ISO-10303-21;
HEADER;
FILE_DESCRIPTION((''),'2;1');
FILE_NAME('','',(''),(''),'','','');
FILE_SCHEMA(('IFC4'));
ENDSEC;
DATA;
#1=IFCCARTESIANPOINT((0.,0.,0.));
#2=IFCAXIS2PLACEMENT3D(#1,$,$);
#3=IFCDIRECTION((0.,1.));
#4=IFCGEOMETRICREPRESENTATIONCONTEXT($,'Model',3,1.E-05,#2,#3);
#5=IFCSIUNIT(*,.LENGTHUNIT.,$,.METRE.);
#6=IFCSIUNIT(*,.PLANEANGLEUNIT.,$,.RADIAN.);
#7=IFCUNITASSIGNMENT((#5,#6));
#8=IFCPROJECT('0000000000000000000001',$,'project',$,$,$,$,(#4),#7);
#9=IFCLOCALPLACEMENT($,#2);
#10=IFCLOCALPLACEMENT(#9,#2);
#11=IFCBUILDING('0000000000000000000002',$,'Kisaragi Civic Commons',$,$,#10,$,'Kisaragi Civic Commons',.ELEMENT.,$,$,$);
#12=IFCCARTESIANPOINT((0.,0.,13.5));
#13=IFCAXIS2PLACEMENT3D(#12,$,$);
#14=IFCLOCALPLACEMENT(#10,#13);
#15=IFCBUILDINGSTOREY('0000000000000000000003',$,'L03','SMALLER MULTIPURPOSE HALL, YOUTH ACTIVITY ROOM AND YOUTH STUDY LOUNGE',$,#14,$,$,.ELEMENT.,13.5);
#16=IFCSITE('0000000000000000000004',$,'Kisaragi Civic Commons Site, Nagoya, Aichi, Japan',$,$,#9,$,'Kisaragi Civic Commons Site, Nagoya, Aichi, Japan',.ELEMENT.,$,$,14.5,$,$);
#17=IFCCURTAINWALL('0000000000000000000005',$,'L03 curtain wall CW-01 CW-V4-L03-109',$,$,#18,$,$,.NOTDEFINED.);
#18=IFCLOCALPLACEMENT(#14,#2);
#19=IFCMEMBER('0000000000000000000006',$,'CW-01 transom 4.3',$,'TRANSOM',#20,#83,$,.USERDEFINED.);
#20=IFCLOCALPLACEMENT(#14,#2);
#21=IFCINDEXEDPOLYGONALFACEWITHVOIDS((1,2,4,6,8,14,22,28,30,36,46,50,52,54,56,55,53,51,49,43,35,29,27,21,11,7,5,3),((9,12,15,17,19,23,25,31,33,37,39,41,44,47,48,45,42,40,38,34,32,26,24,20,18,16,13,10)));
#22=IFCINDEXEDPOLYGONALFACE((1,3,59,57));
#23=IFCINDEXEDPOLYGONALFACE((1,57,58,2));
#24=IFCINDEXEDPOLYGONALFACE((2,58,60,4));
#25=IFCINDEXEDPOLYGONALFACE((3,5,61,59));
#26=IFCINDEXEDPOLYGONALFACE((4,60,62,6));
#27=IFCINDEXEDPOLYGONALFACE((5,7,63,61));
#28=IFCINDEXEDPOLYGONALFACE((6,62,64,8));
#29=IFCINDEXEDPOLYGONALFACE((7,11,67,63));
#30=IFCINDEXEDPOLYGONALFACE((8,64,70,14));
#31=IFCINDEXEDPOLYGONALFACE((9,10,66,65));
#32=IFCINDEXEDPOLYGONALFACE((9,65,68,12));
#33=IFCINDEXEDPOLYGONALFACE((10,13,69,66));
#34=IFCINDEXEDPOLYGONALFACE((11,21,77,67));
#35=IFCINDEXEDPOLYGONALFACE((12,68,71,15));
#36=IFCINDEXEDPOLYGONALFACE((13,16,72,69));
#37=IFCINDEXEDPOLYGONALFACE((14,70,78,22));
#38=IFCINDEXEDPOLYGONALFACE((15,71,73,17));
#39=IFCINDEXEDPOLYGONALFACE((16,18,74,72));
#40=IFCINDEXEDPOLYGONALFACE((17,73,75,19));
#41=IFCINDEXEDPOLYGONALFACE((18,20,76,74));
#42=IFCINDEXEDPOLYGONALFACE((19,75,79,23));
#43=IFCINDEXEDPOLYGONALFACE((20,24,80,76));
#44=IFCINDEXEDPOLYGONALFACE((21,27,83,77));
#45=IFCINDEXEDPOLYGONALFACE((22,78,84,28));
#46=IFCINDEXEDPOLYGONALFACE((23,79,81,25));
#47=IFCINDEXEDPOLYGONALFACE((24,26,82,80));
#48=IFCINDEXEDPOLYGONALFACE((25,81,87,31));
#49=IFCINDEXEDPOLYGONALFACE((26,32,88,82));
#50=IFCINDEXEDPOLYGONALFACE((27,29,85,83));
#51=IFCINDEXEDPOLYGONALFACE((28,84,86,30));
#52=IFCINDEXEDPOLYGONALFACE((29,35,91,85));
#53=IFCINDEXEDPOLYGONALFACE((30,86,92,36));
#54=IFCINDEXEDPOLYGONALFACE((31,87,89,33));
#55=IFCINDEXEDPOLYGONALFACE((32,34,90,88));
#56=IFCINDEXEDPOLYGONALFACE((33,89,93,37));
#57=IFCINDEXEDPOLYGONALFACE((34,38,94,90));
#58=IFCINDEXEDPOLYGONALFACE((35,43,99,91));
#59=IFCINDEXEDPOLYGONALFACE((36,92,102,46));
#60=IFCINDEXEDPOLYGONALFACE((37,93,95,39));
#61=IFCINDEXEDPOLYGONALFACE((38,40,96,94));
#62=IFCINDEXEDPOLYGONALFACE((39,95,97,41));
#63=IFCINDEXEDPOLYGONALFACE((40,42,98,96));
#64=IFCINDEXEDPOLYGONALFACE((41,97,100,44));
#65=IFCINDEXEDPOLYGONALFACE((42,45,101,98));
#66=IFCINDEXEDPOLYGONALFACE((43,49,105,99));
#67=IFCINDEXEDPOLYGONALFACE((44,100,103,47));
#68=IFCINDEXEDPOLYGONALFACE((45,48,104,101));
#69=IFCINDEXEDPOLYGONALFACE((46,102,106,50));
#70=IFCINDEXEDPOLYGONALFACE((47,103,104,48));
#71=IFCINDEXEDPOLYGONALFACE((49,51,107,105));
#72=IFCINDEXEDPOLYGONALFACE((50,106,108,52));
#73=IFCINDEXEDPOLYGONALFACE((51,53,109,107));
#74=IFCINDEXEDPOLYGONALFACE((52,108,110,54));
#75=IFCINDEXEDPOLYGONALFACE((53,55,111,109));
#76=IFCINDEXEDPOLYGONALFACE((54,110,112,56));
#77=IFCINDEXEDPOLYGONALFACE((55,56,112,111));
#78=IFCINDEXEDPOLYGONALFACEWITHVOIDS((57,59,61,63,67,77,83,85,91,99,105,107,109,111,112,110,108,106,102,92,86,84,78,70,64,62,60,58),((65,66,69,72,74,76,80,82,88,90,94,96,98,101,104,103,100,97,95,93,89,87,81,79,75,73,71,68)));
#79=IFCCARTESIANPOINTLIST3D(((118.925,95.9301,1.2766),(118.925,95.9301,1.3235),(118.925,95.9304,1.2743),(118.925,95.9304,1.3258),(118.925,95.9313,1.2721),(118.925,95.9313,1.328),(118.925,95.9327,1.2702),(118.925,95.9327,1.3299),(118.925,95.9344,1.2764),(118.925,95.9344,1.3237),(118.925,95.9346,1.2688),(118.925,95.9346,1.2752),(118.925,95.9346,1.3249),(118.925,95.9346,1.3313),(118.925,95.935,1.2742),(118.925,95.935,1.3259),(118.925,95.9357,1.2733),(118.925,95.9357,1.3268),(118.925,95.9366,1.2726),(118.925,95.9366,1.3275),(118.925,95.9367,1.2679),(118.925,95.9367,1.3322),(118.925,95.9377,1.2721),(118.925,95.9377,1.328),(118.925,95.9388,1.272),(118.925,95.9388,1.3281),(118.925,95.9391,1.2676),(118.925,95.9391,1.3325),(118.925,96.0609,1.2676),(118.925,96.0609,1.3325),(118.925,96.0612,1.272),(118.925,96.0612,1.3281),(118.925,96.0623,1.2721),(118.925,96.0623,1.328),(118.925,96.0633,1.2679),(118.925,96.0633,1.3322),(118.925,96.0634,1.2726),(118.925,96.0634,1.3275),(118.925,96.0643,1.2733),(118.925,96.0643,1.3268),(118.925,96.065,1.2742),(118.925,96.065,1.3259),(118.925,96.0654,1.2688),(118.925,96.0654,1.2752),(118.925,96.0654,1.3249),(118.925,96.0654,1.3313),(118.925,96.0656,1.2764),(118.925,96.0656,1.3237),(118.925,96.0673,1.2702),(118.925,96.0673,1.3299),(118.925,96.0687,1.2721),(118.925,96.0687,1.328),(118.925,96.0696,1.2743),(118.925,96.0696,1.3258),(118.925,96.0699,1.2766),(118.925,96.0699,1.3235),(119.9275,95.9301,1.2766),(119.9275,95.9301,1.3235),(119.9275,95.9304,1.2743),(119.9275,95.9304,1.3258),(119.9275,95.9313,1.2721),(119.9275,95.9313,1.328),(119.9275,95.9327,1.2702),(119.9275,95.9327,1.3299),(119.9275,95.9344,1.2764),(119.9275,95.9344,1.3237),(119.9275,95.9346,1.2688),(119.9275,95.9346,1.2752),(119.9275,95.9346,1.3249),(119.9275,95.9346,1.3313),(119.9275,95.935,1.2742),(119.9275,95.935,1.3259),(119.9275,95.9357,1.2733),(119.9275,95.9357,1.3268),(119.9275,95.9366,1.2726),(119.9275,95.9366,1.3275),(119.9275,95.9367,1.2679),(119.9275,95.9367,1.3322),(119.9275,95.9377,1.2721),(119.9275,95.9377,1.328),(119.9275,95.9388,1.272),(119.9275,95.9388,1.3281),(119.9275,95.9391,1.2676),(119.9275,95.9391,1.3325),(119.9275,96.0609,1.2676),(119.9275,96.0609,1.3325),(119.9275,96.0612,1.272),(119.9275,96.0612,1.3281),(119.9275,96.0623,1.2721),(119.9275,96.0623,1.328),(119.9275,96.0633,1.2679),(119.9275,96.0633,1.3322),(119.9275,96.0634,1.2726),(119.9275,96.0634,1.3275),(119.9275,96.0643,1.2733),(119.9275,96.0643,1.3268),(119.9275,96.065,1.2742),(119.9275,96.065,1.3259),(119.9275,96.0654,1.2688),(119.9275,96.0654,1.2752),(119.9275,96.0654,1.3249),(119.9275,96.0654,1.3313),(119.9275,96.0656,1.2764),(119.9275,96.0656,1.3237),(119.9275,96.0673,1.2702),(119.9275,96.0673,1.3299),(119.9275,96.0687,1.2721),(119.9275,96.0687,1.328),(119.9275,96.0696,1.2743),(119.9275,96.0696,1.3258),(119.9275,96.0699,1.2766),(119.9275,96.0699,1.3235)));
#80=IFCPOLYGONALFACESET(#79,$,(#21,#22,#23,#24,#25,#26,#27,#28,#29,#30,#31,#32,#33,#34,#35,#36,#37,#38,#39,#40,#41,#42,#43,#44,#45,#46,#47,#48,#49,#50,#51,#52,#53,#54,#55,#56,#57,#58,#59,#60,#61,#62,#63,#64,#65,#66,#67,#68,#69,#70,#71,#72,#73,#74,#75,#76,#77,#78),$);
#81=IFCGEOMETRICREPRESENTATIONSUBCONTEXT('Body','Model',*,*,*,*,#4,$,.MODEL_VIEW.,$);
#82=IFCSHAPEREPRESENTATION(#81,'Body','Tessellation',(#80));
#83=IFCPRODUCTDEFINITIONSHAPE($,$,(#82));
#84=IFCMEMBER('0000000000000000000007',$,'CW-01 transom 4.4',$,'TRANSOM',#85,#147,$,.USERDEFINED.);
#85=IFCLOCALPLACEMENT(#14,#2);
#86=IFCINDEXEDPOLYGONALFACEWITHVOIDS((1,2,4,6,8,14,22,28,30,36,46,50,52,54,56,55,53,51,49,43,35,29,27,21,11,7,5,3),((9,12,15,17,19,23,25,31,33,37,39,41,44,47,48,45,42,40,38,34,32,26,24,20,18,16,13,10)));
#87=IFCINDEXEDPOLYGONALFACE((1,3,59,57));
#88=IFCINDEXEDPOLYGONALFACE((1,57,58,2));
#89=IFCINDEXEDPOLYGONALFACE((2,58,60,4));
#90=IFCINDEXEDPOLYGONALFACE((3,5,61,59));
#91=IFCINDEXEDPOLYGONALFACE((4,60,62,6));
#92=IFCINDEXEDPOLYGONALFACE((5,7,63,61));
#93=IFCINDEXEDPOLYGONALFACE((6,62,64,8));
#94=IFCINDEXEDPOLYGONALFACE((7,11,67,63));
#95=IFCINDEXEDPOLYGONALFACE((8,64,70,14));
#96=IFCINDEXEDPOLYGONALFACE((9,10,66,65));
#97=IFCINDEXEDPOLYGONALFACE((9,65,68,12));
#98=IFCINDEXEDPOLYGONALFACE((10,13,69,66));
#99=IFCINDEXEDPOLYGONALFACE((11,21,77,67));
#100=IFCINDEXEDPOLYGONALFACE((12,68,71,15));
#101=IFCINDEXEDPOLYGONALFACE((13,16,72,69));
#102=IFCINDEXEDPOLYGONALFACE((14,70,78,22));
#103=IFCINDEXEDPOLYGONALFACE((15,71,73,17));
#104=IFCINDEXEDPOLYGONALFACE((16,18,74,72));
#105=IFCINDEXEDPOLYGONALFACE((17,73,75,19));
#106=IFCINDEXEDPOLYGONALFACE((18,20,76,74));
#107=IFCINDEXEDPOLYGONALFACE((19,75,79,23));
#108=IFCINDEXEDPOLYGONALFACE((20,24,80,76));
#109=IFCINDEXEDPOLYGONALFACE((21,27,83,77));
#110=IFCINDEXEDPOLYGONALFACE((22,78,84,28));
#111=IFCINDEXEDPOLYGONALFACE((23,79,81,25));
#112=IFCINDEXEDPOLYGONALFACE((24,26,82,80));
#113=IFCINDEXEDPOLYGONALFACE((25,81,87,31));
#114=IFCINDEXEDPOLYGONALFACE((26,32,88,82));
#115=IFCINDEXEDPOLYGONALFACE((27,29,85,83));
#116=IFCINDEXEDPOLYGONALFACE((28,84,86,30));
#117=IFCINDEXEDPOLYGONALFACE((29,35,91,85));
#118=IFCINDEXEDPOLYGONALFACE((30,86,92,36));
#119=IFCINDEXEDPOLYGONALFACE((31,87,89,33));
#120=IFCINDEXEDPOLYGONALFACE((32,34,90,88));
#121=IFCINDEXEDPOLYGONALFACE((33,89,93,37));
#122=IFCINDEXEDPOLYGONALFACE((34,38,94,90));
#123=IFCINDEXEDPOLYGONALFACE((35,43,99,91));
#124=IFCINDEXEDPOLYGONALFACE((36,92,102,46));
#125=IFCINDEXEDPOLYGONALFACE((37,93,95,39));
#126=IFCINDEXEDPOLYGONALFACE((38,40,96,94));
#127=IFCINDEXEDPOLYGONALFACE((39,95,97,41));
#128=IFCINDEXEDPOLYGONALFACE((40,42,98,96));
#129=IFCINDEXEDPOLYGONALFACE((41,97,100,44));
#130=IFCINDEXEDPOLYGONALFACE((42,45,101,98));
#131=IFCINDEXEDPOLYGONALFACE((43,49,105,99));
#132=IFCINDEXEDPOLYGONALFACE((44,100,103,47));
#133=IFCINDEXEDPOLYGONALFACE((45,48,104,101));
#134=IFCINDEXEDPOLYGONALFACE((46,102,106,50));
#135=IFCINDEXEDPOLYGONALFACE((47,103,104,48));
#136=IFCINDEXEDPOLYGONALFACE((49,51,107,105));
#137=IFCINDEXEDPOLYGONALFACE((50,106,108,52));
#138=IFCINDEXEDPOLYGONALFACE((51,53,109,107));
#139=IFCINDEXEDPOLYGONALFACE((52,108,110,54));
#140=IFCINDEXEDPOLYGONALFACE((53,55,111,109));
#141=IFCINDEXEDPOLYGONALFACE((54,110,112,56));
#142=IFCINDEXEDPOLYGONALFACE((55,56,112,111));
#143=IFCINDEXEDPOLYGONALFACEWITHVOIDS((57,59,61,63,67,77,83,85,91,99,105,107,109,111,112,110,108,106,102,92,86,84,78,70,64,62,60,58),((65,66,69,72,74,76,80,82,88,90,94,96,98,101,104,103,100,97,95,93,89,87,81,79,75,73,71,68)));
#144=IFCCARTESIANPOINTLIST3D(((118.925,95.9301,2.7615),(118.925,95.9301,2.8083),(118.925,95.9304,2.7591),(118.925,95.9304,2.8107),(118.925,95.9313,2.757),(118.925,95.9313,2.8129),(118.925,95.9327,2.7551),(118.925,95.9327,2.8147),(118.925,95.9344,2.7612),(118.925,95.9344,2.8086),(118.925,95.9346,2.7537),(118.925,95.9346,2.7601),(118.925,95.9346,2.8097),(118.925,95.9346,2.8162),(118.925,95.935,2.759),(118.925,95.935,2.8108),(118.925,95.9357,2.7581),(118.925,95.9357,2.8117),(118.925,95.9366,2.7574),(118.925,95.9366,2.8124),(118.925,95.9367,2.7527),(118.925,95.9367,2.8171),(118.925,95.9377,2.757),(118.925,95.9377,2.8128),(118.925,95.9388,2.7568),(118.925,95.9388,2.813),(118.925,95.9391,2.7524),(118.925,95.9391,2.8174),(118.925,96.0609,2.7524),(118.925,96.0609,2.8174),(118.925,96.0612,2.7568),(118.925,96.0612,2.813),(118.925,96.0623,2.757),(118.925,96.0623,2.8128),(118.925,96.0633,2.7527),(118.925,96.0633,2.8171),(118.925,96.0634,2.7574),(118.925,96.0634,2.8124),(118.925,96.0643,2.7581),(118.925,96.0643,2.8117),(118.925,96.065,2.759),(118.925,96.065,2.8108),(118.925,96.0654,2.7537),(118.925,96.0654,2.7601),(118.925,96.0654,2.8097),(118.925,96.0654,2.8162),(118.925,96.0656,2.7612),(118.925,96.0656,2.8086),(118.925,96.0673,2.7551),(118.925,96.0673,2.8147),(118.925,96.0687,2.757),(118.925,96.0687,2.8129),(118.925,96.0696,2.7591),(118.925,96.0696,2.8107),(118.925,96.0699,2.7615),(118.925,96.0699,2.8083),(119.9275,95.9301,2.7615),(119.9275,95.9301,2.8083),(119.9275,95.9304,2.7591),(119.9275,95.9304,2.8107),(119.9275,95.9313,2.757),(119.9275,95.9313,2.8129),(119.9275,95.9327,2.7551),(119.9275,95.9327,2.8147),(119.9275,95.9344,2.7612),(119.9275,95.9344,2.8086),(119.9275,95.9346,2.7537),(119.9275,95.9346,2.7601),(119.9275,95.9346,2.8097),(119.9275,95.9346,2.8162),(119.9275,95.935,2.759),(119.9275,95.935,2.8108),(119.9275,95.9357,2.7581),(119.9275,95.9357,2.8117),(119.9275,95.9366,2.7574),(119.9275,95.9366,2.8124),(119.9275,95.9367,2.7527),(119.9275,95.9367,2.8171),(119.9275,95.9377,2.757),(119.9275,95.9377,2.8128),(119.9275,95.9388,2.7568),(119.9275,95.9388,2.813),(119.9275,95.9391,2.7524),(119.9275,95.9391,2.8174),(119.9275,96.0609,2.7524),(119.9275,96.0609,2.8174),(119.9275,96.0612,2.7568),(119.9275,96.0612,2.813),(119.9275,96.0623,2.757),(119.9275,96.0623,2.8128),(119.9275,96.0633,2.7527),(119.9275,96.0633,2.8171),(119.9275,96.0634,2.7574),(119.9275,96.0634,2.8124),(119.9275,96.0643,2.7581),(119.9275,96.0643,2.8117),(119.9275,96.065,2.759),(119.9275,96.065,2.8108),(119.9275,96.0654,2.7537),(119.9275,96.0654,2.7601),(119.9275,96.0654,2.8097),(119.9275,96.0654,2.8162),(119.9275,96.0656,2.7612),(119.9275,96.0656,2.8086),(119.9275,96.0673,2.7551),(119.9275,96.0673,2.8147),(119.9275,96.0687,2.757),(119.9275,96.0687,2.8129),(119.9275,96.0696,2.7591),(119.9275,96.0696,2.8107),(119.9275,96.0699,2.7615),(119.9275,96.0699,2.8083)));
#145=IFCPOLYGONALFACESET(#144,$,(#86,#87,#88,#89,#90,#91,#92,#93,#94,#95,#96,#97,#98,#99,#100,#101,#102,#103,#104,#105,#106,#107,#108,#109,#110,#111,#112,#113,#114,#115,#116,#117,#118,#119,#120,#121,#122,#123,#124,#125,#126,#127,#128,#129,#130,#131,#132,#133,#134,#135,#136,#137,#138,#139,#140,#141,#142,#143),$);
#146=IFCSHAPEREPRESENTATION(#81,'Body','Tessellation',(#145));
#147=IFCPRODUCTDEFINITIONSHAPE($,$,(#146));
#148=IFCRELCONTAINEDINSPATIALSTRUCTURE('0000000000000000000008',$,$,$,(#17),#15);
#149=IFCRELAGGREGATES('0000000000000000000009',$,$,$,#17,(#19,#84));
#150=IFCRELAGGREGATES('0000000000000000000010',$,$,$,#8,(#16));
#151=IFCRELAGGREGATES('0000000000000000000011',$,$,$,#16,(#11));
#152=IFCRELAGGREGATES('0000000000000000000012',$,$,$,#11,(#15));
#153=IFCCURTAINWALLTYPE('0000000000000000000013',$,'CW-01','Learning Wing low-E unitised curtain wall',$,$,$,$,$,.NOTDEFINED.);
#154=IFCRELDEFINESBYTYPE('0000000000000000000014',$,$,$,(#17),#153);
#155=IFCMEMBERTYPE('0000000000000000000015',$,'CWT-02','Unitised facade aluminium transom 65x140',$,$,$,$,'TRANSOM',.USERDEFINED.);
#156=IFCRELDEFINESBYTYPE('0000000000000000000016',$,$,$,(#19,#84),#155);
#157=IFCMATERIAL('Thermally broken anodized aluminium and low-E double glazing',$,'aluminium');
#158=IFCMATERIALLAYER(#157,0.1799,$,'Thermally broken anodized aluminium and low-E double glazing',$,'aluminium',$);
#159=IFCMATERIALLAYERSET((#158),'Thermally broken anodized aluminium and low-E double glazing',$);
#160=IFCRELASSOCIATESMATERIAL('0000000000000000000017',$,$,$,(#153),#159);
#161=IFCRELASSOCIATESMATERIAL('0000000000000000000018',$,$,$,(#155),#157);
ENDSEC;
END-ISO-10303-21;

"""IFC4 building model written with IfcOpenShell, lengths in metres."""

from ifc_helpers import new_model, si_unit, direction, frame, origin, origin_2d, place, context, subcontext, project, spatial, hollow_rectangle, extrude, material, layer, layer_set, material_profile, profile_set, type_object, element, aggregate, save


model = new_model("IFC4")

# Units and contexts
model_context = context("Model", 3, precision=1e-05, world=origin(), true_north=direction((0.0, 1.0)))
body_context = subcontext(model_context, "Body", "Model", "MODEL_VIEW")
ifc_project = project(units=[si_unit("LENGTHUNIT", "METRE"), si_unit("PLANEANGLEUNIT", "RADIAN")], contexts=[model_context])

# Site, building, storey
site_placement = place(None, origin())
site = spatial("IfcSite", under=ifc_project, at=site_placement, Name="Kisaragi Civic Commons Site, Nagoya, Aichi, Japan", LongName="Kisaragi Civic Commons Site, Nagoya, Aichi, Japan", CompositionType="ELEMENT", RefElevation=14.5)
building_placement = place(site_placement, origin())
building = spatial("IfcBuilding", under=site, at=building_placement, Name="Kisaragi Civic Commons", LongName="Kisaragi Civic Commons", CompositionType="ELEMENT")
storey_placement = place(building_placement, frame((0.0, 0.0, 13.5)))
storey = spatial("IfcBuildingStorey", under=building, at=storey_placement, Name="L03", Description="SMALLER MULTIPURPOSE HALL, YOUTH ACTIVITY ROOM AND YOUTH STUDY LOUNGE", CompositionType="ELEMENT", Elevation=13.5)

# Curtain wall
ifc_material = material(Name="Thermally broken anodized aluminium and low-E double glazing", Category="aluminium")
ifc_layer_1 = layer(ifc_material, 0.1799, Name="Thermally broken anodized aluminium and low-E double glazing", Category="aluminium")
ifc_layer_set_1 = layer_set([ifc_layer_1], Name="Thermally broken anodized aluminium and low-E double glazing")
curtain_wall_type = type_object("IfcCurtainWallType", Name="CW-01", Description="Learning Wing low-E unitised curtain wall", PredefinedType="NOTDEFINED", material=ifc_layer_set_1)
curtain_wall_1_placement = place(storey_placement, origin())
curtain_wall_1 = element("IfcCurtainWall", 1, at=curtain_wall_1_placement, inside=storey, type_object=curtain_wall_type, Name="L03 curtain wall CW-01 CW-V4-L03-109", PredefinedType="NOTDEFINED")

# Members
ifc_material_profile_1 = material_profile(ifc_material, hollow_rectangle(XDim=0.1399, YDim=0.0649, WallThickness=0.0044, InnerFilletRadius=0.0044, OuterFilletRadius=0.009, at=origin_2d()), Name="CWT-65x140x4.5", Category="aluminium")
ifc_profile_set_1 = profile_set([ifc_material_profile_1], Name="Thermally broken anodized aluminium and low-E double glazing")
member_type_1 = type_object("IfcMemberType", Name="CWT-02", Description="Unitised facade aluminium transom 65x140", ElementType="TRANSOM", PredefinedType="USERDEFINED", material=ifc_profile_set_1)
member_1_placement = place(storey_placement, frame((119.9275, 96.0, 1.3), z_axis=(-1.0, 0.0, 0.0), x_axis=(0.0, -1.0, 0.0)))
member_1 = element("IfcMember", 2, at=member_1_placement, type_object=member_type_1, Name="CW-01 transom 4.3", ObjectType="TRANSOM", PredefinedType="USERDEFINED", context=body_context, shape_type="SweptSolid", body=[
    extrude(hollow_rectangle(XDim=0.1399, YDim=0.0649, WallThickness=0.0044, InnerFilletRadius=0.0044, OuterFilletRadius=0.009, at=origin_2d()), origin(), (0.0, 0.0, 1.0), 1.0024),
])
member_2_placement = place(storey_placement, frame((119.9275, 96.0, 2.7849), z_axis=(-1.0, 0.0, 0.0), x_axis=(0.0, -1.0, 0.0)))
member_2 = element("IfcMember", 3, at=member_2_placement, type_object=member_type_1, Name="CW-01 transom 4.4", ObjectType="TRANSOM", PredefinedType="USERDEFINED", context=body_context, shape_type="SweptSolid", body=[
    extrude(hollow_rectangle(XDim=0.1399, YDim=0.0649, WallThickness=0.0044, InnerFilletRadius=0.0044, OuterFilletRadius=0.009, at=origin_2d()), origin(), (0.0, 0.0, 1.0), 1.0024),
])

aggregate(curtain_wall_1, [member_1, member_2])

save(model, "model.ifc")
